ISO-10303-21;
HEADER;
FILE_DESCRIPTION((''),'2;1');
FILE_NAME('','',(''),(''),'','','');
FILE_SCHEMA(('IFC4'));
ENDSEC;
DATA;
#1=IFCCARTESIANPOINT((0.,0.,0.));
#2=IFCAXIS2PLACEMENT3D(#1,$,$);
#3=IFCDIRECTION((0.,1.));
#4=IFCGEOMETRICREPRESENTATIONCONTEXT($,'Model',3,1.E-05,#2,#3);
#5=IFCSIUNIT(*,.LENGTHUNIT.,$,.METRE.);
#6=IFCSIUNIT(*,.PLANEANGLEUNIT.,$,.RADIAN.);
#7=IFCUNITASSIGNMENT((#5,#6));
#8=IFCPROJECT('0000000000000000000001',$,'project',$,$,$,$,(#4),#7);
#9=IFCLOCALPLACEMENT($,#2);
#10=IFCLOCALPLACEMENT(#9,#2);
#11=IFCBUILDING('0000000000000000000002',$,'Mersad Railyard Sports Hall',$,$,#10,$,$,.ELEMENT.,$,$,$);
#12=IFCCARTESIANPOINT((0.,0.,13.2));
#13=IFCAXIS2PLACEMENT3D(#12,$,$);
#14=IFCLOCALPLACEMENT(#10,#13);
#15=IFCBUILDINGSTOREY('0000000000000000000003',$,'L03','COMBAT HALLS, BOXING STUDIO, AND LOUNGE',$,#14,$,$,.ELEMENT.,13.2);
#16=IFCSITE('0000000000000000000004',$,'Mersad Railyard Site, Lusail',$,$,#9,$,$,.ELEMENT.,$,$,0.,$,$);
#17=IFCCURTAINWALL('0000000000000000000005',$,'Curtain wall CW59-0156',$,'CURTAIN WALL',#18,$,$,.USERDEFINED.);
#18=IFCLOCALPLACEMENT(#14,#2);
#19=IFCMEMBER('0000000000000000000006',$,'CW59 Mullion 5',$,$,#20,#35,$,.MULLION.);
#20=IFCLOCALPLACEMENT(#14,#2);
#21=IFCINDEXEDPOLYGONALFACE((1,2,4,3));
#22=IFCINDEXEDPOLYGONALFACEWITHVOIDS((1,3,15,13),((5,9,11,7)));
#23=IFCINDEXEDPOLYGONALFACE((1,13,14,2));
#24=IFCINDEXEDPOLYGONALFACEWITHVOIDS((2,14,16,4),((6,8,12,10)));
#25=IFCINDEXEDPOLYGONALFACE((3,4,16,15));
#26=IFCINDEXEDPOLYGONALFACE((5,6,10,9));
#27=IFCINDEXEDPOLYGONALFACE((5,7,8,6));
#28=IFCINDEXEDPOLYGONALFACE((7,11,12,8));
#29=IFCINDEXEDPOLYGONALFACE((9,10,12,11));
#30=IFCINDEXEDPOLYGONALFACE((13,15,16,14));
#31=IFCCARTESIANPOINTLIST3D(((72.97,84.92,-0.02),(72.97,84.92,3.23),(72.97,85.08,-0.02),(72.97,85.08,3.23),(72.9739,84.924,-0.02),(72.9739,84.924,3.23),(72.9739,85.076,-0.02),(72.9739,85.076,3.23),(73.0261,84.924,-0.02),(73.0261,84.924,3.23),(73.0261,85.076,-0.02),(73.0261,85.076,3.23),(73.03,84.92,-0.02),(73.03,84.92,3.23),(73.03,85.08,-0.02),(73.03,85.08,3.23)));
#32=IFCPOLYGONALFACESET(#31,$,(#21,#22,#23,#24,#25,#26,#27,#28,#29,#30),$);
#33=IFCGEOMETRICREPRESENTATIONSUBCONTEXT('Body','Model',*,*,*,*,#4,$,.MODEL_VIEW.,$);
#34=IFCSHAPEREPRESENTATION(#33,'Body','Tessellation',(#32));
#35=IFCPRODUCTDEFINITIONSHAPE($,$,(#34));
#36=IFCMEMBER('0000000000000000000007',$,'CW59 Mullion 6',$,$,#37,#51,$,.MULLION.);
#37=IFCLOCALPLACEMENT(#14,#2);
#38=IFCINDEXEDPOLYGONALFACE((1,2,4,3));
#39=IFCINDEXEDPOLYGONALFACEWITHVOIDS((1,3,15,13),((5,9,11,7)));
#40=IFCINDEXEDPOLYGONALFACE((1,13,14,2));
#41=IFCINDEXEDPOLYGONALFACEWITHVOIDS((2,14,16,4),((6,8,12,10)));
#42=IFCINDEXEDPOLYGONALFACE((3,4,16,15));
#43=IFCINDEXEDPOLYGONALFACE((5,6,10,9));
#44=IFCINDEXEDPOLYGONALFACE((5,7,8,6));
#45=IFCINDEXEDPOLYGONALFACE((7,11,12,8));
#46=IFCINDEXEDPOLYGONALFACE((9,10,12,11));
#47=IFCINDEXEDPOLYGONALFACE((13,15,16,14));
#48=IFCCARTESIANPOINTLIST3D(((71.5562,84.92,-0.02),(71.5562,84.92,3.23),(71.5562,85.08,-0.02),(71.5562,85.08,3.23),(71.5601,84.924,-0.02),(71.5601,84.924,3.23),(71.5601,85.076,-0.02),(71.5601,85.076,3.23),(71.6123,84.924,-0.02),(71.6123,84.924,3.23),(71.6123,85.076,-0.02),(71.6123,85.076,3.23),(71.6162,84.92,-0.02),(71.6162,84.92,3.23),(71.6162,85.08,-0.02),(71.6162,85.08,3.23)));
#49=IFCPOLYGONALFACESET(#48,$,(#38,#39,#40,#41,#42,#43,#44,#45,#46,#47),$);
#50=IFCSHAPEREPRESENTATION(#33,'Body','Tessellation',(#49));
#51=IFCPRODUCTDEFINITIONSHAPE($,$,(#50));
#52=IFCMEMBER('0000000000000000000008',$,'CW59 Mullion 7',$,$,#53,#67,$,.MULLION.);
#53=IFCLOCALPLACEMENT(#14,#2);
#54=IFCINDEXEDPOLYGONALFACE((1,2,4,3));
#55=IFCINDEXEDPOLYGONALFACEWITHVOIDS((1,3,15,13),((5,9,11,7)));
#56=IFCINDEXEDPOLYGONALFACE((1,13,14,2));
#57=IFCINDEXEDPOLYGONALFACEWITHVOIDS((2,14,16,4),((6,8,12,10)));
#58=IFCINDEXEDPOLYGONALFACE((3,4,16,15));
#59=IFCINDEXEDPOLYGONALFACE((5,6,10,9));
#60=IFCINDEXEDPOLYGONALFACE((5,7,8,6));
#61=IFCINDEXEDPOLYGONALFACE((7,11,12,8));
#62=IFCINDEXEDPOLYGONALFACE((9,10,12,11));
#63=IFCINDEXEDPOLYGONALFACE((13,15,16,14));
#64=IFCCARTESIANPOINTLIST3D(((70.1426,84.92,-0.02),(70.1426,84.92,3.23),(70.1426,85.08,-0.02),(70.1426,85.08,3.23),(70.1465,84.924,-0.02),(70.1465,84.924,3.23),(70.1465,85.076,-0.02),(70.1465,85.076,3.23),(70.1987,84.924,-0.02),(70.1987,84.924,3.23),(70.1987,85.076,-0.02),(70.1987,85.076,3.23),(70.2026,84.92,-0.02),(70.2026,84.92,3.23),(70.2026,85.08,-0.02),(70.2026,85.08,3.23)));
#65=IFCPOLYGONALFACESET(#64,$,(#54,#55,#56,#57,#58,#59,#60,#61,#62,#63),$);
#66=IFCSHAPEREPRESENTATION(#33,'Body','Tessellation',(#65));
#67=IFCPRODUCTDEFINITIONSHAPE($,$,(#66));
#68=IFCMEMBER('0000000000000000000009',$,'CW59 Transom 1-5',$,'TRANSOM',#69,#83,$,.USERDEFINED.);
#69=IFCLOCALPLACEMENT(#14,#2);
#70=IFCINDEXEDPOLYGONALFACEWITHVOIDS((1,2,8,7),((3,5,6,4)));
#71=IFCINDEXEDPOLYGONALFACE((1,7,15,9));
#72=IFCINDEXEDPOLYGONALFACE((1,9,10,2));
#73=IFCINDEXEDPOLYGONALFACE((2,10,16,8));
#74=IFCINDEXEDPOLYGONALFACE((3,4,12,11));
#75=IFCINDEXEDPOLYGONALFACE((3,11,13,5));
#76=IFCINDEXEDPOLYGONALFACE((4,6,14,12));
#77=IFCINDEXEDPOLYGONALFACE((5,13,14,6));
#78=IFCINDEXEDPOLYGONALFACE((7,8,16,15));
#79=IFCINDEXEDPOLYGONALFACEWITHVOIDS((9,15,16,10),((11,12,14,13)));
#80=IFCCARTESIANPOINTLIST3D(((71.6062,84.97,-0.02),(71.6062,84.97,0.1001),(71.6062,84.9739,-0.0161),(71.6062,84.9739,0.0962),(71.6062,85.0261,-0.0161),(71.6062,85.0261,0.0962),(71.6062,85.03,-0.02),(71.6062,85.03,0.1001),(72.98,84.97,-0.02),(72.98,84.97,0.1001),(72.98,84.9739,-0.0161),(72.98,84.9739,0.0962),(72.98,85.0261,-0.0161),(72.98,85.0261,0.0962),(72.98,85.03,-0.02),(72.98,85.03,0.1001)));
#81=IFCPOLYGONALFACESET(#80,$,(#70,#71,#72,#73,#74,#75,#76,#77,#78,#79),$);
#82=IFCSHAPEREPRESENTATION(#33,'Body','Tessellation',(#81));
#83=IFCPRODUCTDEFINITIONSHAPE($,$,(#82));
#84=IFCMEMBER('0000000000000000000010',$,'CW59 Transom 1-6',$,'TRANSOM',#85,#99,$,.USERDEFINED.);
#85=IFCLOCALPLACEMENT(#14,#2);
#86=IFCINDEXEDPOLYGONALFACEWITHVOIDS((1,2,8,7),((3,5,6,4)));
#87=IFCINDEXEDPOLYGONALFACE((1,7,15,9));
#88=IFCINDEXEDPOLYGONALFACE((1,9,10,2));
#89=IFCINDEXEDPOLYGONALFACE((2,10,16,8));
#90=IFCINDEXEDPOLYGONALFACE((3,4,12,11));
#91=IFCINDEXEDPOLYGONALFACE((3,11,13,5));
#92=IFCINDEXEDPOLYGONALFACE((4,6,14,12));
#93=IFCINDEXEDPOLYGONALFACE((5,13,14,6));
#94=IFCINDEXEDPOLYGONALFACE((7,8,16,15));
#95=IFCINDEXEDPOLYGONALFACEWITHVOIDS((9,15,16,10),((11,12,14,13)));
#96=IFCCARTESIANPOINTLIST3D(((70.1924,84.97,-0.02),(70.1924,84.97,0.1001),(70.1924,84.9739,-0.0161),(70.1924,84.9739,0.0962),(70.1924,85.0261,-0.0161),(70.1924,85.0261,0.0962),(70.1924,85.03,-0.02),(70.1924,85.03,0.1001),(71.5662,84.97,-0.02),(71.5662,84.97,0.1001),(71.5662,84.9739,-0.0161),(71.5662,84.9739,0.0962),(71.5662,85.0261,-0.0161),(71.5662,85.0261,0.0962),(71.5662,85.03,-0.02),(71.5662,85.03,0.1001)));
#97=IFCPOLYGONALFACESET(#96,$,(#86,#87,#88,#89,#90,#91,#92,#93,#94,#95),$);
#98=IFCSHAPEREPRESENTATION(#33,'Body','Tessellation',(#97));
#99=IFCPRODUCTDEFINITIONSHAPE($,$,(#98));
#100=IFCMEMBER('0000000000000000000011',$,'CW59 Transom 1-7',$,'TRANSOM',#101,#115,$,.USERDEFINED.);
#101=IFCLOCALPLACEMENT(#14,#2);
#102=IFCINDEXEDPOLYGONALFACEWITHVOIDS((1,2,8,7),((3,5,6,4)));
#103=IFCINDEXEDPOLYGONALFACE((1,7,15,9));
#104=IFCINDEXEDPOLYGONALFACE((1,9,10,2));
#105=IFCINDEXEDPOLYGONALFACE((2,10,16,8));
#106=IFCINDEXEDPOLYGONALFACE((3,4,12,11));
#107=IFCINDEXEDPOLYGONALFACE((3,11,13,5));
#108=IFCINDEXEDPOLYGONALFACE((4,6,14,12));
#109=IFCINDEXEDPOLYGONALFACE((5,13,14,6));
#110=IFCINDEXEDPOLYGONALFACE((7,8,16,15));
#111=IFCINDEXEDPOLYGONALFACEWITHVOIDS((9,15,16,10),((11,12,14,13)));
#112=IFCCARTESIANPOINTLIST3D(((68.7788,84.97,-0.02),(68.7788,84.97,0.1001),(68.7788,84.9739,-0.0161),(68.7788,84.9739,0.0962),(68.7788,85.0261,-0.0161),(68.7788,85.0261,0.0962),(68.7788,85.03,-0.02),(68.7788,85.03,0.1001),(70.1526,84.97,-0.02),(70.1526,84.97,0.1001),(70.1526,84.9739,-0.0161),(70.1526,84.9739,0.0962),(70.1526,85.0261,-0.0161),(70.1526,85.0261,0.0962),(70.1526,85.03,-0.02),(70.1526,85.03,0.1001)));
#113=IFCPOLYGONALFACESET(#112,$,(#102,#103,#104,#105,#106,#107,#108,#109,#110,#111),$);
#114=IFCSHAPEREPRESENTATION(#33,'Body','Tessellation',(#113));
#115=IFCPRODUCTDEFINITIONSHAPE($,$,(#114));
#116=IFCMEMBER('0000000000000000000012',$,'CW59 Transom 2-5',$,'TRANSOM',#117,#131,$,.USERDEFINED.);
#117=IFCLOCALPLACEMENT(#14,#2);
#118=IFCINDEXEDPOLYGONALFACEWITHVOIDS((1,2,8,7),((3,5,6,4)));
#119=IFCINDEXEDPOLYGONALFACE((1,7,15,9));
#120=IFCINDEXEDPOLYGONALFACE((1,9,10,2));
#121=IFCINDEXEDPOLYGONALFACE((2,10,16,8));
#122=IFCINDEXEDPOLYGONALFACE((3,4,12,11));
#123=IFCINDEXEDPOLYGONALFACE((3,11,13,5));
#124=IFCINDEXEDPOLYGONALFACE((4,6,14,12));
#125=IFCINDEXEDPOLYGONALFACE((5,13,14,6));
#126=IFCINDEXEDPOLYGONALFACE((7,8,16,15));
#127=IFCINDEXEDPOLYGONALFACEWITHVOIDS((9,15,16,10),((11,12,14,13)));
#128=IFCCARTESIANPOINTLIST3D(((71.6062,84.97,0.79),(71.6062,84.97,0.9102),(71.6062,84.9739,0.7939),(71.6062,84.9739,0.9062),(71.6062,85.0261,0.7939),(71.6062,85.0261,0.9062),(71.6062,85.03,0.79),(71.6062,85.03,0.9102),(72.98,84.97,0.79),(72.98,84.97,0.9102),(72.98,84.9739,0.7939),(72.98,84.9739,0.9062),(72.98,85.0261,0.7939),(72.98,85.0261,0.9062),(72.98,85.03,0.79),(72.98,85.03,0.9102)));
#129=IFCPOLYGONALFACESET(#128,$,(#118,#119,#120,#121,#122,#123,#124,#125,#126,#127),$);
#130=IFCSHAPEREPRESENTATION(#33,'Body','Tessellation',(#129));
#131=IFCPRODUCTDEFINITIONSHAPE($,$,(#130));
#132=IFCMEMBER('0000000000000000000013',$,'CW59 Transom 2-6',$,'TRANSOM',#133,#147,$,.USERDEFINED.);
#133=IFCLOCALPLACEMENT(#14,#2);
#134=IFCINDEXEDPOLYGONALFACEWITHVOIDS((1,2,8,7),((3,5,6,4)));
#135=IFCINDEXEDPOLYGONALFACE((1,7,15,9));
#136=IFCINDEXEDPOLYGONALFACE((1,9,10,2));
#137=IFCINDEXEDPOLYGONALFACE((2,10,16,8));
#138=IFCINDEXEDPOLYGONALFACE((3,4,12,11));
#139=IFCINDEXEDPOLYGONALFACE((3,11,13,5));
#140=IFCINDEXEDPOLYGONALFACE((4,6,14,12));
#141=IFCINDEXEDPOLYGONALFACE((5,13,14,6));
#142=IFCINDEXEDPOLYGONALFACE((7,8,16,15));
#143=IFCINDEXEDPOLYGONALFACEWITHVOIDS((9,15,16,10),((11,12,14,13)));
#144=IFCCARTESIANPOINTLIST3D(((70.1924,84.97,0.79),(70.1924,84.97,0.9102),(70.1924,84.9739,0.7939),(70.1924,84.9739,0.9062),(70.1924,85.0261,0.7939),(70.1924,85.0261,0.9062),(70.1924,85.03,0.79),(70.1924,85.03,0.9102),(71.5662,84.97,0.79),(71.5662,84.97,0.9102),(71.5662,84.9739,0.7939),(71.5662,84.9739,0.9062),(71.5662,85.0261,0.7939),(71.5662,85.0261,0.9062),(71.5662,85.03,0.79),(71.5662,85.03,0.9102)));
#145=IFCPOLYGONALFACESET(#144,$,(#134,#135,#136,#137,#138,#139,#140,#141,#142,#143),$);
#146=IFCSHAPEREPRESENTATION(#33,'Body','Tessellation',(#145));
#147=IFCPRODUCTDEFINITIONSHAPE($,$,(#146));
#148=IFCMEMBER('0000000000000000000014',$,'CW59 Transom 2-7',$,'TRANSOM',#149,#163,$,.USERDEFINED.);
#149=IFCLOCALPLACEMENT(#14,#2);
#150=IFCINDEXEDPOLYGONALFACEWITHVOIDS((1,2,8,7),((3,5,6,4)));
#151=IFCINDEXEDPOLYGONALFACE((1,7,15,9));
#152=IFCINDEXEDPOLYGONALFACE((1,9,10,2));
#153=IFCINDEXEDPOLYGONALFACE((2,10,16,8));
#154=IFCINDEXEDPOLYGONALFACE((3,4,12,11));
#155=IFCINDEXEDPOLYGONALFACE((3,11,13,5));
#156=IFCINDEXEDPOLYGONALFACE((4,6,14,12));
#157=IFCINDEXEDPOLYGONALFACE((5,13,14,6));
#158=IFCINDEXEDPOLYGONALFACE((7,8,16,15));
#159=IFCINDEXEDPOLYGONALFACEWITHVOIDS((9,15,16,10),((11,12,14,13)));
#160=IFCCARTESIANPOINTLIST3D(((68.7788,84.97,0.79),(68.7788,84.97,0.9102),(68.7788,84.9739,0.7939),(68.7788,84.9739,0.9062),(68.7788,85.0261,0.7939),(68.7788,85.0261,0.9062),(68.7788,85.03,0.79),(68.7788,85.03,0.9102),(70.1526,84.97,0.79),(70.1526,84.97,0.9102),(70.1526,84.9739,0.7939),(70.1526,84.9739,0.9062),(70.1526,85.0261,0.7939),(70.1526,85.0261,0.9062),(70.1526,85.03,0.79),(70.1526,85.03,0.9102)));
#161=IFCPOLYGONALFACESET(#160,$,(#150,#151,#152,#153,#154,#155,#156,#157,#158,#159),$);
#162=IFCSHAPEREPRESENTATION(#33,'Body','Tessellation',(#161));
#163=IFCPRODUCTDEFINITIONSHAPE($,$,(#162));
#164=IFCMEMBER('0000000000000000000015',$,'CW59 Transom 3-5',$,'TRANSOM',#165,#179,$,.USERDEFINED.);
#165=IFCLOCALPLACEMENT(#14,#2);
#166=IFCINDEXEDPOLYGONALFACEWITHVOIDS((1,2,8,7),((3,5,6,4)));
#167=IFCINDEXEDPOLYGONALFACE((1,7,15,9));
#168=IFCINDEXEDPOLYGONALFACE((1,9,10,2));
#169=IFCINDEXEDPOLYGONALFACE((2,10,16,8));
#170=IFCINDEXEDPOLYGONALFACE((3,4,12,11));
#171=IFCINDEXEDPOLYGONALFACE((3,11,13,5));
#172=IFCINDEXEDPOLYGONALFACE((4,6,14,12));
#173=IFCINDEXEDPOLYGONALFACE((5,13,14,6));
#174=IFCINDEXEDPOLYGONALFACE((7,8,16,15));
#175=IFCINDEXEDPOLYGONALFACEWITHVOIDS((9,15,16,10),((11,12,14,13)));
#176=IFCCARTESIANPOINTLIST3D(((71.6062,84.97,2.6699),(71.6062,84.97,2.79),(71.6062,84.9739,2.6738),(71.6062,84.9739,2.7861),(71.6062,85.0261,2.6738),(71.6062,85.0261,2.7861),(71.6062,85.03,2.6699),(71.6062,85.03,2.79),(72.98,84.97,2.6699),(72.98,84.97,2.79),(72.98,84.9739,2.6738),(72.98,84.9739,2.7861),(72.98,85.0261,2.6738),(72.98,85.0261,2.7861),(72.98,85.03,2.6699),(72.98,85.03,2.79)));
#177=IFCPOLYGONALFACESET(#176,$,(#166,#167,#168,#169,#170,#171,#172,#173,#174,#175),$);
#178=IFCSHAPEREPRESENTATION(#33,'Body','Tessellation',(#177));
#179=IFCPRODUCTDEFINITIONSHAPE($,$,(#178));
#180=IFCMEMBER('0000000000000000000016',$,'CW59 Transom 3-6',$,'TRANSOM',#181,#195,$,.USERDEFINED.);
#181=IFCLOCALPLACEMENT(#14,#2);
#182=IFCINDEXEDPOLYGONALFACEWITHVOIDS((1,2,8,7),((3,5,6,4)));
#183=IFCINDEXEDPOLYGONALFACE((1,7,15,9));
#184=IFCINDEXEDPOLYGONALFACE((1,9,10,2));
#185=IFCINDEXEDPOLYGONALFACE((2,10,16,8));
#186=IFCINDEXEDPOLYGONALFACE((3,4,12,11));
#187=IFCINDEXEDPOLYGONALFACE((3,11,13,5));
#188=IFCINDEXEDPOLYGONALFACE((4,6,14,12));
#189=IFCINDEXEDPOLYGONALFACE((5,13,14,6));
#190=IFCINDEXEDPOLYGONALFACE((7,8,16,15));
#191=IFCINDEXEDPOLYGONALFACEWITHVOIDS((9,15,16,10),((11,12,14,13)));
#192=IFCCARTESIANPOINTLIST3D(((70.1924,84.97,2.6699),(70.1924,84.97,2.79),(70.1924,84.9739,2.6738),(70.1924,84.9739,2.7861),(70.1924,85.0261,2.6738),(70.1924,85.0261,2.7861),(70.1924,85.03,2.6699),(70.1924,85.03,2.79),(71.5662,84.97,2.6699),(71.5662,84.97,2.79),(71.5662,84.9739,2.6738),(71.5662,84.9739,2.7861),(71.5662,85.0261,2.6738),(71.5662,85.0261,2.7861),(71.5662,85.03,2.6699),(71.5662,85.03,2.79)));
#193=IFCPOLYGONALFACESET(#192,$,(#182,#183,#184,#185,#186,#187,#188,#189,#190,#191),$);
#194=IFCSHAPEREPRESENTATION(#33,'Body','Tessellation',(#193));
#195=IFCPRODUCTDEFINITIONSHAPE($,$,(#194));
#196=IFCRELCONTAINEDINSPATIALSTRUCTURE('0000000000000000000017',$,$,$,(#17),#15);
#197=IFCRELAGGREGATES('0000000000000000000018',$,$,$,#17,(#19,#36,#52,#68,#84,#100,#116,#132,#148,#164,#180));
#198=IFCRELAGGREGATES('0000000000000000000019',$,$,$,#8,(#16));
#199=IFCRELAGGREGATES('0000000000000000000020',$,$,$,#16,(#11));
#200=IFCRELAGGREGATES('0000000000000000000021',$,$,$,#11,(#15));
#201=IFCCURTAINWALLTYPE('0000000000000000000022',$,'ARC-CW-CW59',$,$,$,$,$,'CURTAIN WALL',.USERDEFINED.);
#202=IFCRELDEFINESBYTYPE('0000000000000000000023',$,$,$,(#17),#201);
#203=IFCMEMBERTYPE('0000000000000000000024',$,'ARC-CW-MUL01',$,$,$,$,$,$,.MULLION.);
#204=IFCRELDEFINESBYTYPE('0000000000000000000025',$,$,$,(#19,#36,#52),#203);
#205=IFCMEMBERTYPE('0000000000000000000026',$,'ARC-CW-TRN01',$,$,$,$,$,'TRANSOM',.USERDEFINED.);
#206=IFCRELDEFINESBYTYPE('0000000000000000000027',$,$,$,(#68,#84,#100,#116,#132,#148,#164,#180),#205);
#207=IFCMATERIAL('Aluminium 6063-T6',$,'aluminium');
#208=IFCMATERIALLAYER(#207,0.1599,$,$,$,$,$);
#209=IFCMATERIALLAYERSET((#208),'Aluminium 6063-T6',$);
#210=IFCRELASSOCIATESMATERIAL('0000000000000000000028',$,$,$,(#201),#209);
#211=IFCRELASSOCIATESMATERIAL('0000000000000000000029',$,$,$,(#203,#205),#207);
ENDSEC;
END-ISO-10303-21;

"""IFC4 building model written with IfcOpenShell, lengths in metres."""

from ifc_helpers import new_model, si_unit, direction, frame, origin, origin_2d, place, context, subcontext, project, spatial, hollow_rectangle, extrude, material, layer, layer_set, material_profile, profile_set, type_object, element, aggregate, save


model = new_model("IFC4")

# Units and contexts
model_context = context("Model", 3, precision=1e-05, world=origin(), true_north=direction((0.0, 1.0)))
body_context = subcontext(model_context, "Body", "Model", "MODEL_VIEW")
ifc_project = project(units=[si_unit("LENGTHUNIT", "METRE"), si_unit("PLANEANGLEUNIT", "RADIAN")], contexts=[model_context])

# Site, building, storey
site_placement = place(None, origin())
site = spatial("IfcSite", under=ifc_project, at=site_placement, Name="Mersad Railyard Site, Lusail", CompositionType="ELEMENT", RefElevation=0.0)
building_placement = place(site_placement, origin())
building = spatial("IfcBuilding", under=site, at=building_placement, Name="Mersad Railyard Sports Hall", CompositionType="ELEMENT")
storey_placement = place(building_placement, frame((0.0, 0.0, 13.2)))
storey = spatial("IfcBuildingStorey", under=building, at=storey_placement, Name="L03", Description="COMBAT HALLS, BOXING STUDIO, AND LOUNGE", CompositionType="ELEMENT", Elevation=13.2)

# Curtain wall, members
ifc_material_1 = material(Name="Aluminium 6063-T6", Category="aluminium")
ifc_layer_1 = layer(ifc_material_1, 0.1599)
ifc_layer_set_1 = layer_set([ifc_layer_1], Name="Aluminium 6063-T6")
curtain_wall_type = type_object("IfcCurtainWallType", Name="ARC-CW-CW59", ElementType="CURTAIN WALL", PredefinedType="USERDEFINED", material=ifc_layer_set_1)
curtain_wall_placement = place(storey_placement, origin())
curtain_wall = element("IfcCurtainWall", 1, at=curtain_wall_placement, inside=storey, type_object=curtain_wall_type, Name="Curtain wall CW59-0156", ObjectType="CURTAIN WALL", PredefinedType="USERDEFINED")
ifc_material_profile_1 = material_profile(ifc_material_1, hollow_rectangle(XDim=0.0601, YDim=0.1599, WallThickness=0.0039, at=origin_2d()), Name="AL MULLION 60x160x4")
ifc_profile_set_1 = profile_set([ifc_material_profile_1], Name="Aluminium 6063-T6")
member_type_1 = type_object("IfcMemberType", Name="ARC-CW-MUL01", PredefinedType="MULLION", material=ifc_profile_set_1)
member_1_placement = place(storey_placement, frame((73.0, 85.0, -0.02), z_axis=(0.0, 0.0, 1.0), x_axis=(1.0, 0.0, 0.0)))
member_1 = element("IfcMember", 2, at=member_1_placement, type_object=member_type_1, Name="CW59 Mullion 5", PredefinedType="MULLION", context=body_context, shape_type="SweptSolid", body=[
    extrude(hollow_rectangle(XDim=0.0601, YDim=0.1599, WallThickness=0.0039, at=origin_2d()), origin(), (0.0, 0.0, 1.0), 3.25),
])
member_2_placement = place(storey_placement, frame((71.5862, 85.0, -0.02), z_axis=(0.0, 0.0, 1.0), x_axis=(1.0, 0.0, 0.0)))
member_2 = element("IfcMember", 3, at=member_2_placement, type_object=member_type_1, Name="CW59 Mullion 6", PredefinedType="MULLION", context=body_context, shape_type="SweptSolid", body=[
    extrude(hollow_rectangle(XDim=0.0601, YDim=0.1599, WallThickness=0.0039, at=origin_2d()), origin(), (0.0, 0.0, 1.0), 3.25),
])
member_3_placement = place(storey_placement, frame((70.1726, 85.0, -0.02), z_axis=(0.0, 0.0, 1.0), x_axis=(1.0, 0.0, 0.0)))
member_3 = element("IfcMember", 4, at=member_3_placement, type_object=member_type_1, Name="CW59 Mullion 7", PredefinedType="MULLION", context=body_context, shape_type="SweptSolid", body=[
    extrude(hollow_rectangle(XDim=0.0601, YDim=0.1599, WallThickness=0.0039, at=origin_2d()), origin(), (0.0, 0.0, 1.0), 3.25),
])
ifc_material_profile_2 = material_profile(ifc_material_1, hollow_rectangle(XDim=0.0601, YDim=0.1201, WallThickness=0.0039, at=origin_2d()), Name="AL TRANSOM 60x120x4")
ifc_profile_set_2 = profile_set([ifc_material_profile_2], Name="Aluminium 6063-T6")
member_type_2 = type_object("IfcMemberType", Name="ARC-CW-TRN01", ElementType="TRANSOM", PredefinedType="USERDEFINED", material=ifc_profile_set_2)
member_4_placement = place(storey_placement, frame((72.98, 85.0, 0.04), z_axis=(-1.0, 0.0, 0.0), x_axis=(0.0, -1.0, 0.0)))
member_4 = element("IfcMember", 5, at=member_4_placement, type_object=member_type_2, Name="CW59 Transom 1-5", ObjectType="TRANSOM", PredefinedType="USERDEFINED", context=body_context, shape_type="SweptSolid", body=[
    extrude(hollow_rectangle(XDim=0.0601, YDim=0.1201, WallThickness=0.0039, at=origin_2d()), origin(), (0.0, 0.0, 1.0), 1.3738),
])
member_5_placement = place(storey_placement, frame((71.5662, 85.0, 0.04), z_axis=(-1.0, 0.0, 0.0), x_axis=(0.0, -1.0, 0.0)))
member_5 = element("IfcMember", 6, at=member_5_placement, type_object=member_type_2, Name="CW59 Transom 1-6", ObjectType="TRANSOM", PredefinedType="USERDEFINED", context=body_context, shape_type="SweptSolid", body=[
    extrude(hollow_rectangle(XDim=0.0601, YDim=0.1201, WallThickness=0.0039, at=origin_2d()), origin(), (0.0, 0.0, 1.0), 1.3738),
])
member_6_placement = place(storey_placement, frame((70.1526, 85.0, 0.04), z_axis=(-1.0, 0.0, 0.0), x_axis=(0.0, -1.0, 0.0)))
member_6 = element("IfcMember", 7, at=member_6_placement, type_object=member_type_2, Name="CW59 Transom 1-7", ObjectType="TRANSOM", PredefinedType="USERDEFINED", context=body_context, shape_type="SweptSolid", body=[
    extrude(hollow_rectangle(XDim=0.0601, YDim=0.1201, WallThickness=0.0039, at=origin_2d()), origin(), (0.0, 0.0, 1.0), 1.3738),
])
member_7_placement = place(storey_placement, frame((72.98, 85.0, 0.8501), z_axis=(-1.0, 0.0, 0.0), x_axis=(0.0, -1.0, 0.0)))
member_7 = element("IfcMember", 8, at=member_7_placement, type_object=member_type_2, Name="CW59 Transom 2-5", ObjectType="TRANSOM", PredefinedType="USERDEFINED", context=body_context, shape_type="SweptSolid", body=[
    extrude(hollow_rectangle(XDim=0.0601, YDim=0.1201, WallThickness=0.0039, at=origin_2d()), origin(), (0.0, 0.0, 1.0), 1.3738),
])
member_8_placement = place(storey_placement, frame((71.5662, 85.0, 0.8501), z_axis=(-1.0, 0.0, 0.0), x_axis=(0.0, -1.0, 0.0)))
member_8 = element("IfcMember", 9, at=member_8_placement, type_object=member_type_2, Name="CW59 Transom 2-6", ObjectType="TRANSOM", PredefinedType="USERDEFINED", context=body_context, shape_type="SweptSolid", body=[
    extrude(hollow_rectangle(XDim=0.0601, YDim=0.1201, WallThickness=0.0039, at=origin_2d()), origin(), (0.0, 0.0, 1.0), 1.3738),
])
member_9_placement = place(storey_placement, frame((70.1526, 85.0, 0.8501), z_axis=(-1.0, 0.0, 0.0), x_axis=(0.0, -1.0, 0.0)))
member_9 = element("IfcMember", 10, at=member_9_placement, type_object=member_type_2, Name="CW59 Transom 2-7", ObjectType="TRANSOM", PredefinedType="USERDEFINED", context=body_context, shape_type="SweptSolid", body=[
    extrude(hollow_rectangle(XDim=0.0601, YDim=0.1201, WallThickness=0.0039, at=origin_2d()), origin(), (0.0, 0.0, 1.0), 1.3738),
])
member_10_placement = place(storey_placement, frame((72.98, 85.0, 2.73), z_axis=(-1.0, 0.0, 0.0), x_axis=(0.0, -1.0, 0.0)))
member_10 = element("IfcMember", 11, at=member_10_placement, type_object=member_type_2, Name="CW59 Transom 3-5", ObjectType="TRANSOM", PredefinedType="USERDEFINED", context=body_context, shape_type="SweptSolid", body=[
    extrude(hollow_rectangle(XDim=0.0601, YDim=0.1201, WallThickness=0.0039, at=origin_2d()), origin(), (0.0, 0.0, 1.0), 1.3738),
])
member_11_placement = place(storey_placement, frame((71.5662, 85.0, 2.73), z_axis=(-1.0, 0.0, 0.0), x_axis=(0.0, -1.0, 0.0)))
member_11 = element("IfcMember", 12, at=member_11_placement, type_object=member_type_2, Name="CW59 Transom 3-6", ObjectType="TRANSOM", PredefinedType="USERDEFINED", context=body_context, shape_type="SweptSolid", body=[
    extrude(hollow_rectangle(XDim=0.0601, YDim=0.1201, WallThickness=0.0039, at=origin_2d()), origin(), (0.0, 0.0, 1.0), 1.3738),
])
aggregate(curtain_wall, [member_1, member_2, member_3, member_4, member_5, member_6, member_7, member_8, member_9, member_10, member_11])

save(model, "model.ifc")
